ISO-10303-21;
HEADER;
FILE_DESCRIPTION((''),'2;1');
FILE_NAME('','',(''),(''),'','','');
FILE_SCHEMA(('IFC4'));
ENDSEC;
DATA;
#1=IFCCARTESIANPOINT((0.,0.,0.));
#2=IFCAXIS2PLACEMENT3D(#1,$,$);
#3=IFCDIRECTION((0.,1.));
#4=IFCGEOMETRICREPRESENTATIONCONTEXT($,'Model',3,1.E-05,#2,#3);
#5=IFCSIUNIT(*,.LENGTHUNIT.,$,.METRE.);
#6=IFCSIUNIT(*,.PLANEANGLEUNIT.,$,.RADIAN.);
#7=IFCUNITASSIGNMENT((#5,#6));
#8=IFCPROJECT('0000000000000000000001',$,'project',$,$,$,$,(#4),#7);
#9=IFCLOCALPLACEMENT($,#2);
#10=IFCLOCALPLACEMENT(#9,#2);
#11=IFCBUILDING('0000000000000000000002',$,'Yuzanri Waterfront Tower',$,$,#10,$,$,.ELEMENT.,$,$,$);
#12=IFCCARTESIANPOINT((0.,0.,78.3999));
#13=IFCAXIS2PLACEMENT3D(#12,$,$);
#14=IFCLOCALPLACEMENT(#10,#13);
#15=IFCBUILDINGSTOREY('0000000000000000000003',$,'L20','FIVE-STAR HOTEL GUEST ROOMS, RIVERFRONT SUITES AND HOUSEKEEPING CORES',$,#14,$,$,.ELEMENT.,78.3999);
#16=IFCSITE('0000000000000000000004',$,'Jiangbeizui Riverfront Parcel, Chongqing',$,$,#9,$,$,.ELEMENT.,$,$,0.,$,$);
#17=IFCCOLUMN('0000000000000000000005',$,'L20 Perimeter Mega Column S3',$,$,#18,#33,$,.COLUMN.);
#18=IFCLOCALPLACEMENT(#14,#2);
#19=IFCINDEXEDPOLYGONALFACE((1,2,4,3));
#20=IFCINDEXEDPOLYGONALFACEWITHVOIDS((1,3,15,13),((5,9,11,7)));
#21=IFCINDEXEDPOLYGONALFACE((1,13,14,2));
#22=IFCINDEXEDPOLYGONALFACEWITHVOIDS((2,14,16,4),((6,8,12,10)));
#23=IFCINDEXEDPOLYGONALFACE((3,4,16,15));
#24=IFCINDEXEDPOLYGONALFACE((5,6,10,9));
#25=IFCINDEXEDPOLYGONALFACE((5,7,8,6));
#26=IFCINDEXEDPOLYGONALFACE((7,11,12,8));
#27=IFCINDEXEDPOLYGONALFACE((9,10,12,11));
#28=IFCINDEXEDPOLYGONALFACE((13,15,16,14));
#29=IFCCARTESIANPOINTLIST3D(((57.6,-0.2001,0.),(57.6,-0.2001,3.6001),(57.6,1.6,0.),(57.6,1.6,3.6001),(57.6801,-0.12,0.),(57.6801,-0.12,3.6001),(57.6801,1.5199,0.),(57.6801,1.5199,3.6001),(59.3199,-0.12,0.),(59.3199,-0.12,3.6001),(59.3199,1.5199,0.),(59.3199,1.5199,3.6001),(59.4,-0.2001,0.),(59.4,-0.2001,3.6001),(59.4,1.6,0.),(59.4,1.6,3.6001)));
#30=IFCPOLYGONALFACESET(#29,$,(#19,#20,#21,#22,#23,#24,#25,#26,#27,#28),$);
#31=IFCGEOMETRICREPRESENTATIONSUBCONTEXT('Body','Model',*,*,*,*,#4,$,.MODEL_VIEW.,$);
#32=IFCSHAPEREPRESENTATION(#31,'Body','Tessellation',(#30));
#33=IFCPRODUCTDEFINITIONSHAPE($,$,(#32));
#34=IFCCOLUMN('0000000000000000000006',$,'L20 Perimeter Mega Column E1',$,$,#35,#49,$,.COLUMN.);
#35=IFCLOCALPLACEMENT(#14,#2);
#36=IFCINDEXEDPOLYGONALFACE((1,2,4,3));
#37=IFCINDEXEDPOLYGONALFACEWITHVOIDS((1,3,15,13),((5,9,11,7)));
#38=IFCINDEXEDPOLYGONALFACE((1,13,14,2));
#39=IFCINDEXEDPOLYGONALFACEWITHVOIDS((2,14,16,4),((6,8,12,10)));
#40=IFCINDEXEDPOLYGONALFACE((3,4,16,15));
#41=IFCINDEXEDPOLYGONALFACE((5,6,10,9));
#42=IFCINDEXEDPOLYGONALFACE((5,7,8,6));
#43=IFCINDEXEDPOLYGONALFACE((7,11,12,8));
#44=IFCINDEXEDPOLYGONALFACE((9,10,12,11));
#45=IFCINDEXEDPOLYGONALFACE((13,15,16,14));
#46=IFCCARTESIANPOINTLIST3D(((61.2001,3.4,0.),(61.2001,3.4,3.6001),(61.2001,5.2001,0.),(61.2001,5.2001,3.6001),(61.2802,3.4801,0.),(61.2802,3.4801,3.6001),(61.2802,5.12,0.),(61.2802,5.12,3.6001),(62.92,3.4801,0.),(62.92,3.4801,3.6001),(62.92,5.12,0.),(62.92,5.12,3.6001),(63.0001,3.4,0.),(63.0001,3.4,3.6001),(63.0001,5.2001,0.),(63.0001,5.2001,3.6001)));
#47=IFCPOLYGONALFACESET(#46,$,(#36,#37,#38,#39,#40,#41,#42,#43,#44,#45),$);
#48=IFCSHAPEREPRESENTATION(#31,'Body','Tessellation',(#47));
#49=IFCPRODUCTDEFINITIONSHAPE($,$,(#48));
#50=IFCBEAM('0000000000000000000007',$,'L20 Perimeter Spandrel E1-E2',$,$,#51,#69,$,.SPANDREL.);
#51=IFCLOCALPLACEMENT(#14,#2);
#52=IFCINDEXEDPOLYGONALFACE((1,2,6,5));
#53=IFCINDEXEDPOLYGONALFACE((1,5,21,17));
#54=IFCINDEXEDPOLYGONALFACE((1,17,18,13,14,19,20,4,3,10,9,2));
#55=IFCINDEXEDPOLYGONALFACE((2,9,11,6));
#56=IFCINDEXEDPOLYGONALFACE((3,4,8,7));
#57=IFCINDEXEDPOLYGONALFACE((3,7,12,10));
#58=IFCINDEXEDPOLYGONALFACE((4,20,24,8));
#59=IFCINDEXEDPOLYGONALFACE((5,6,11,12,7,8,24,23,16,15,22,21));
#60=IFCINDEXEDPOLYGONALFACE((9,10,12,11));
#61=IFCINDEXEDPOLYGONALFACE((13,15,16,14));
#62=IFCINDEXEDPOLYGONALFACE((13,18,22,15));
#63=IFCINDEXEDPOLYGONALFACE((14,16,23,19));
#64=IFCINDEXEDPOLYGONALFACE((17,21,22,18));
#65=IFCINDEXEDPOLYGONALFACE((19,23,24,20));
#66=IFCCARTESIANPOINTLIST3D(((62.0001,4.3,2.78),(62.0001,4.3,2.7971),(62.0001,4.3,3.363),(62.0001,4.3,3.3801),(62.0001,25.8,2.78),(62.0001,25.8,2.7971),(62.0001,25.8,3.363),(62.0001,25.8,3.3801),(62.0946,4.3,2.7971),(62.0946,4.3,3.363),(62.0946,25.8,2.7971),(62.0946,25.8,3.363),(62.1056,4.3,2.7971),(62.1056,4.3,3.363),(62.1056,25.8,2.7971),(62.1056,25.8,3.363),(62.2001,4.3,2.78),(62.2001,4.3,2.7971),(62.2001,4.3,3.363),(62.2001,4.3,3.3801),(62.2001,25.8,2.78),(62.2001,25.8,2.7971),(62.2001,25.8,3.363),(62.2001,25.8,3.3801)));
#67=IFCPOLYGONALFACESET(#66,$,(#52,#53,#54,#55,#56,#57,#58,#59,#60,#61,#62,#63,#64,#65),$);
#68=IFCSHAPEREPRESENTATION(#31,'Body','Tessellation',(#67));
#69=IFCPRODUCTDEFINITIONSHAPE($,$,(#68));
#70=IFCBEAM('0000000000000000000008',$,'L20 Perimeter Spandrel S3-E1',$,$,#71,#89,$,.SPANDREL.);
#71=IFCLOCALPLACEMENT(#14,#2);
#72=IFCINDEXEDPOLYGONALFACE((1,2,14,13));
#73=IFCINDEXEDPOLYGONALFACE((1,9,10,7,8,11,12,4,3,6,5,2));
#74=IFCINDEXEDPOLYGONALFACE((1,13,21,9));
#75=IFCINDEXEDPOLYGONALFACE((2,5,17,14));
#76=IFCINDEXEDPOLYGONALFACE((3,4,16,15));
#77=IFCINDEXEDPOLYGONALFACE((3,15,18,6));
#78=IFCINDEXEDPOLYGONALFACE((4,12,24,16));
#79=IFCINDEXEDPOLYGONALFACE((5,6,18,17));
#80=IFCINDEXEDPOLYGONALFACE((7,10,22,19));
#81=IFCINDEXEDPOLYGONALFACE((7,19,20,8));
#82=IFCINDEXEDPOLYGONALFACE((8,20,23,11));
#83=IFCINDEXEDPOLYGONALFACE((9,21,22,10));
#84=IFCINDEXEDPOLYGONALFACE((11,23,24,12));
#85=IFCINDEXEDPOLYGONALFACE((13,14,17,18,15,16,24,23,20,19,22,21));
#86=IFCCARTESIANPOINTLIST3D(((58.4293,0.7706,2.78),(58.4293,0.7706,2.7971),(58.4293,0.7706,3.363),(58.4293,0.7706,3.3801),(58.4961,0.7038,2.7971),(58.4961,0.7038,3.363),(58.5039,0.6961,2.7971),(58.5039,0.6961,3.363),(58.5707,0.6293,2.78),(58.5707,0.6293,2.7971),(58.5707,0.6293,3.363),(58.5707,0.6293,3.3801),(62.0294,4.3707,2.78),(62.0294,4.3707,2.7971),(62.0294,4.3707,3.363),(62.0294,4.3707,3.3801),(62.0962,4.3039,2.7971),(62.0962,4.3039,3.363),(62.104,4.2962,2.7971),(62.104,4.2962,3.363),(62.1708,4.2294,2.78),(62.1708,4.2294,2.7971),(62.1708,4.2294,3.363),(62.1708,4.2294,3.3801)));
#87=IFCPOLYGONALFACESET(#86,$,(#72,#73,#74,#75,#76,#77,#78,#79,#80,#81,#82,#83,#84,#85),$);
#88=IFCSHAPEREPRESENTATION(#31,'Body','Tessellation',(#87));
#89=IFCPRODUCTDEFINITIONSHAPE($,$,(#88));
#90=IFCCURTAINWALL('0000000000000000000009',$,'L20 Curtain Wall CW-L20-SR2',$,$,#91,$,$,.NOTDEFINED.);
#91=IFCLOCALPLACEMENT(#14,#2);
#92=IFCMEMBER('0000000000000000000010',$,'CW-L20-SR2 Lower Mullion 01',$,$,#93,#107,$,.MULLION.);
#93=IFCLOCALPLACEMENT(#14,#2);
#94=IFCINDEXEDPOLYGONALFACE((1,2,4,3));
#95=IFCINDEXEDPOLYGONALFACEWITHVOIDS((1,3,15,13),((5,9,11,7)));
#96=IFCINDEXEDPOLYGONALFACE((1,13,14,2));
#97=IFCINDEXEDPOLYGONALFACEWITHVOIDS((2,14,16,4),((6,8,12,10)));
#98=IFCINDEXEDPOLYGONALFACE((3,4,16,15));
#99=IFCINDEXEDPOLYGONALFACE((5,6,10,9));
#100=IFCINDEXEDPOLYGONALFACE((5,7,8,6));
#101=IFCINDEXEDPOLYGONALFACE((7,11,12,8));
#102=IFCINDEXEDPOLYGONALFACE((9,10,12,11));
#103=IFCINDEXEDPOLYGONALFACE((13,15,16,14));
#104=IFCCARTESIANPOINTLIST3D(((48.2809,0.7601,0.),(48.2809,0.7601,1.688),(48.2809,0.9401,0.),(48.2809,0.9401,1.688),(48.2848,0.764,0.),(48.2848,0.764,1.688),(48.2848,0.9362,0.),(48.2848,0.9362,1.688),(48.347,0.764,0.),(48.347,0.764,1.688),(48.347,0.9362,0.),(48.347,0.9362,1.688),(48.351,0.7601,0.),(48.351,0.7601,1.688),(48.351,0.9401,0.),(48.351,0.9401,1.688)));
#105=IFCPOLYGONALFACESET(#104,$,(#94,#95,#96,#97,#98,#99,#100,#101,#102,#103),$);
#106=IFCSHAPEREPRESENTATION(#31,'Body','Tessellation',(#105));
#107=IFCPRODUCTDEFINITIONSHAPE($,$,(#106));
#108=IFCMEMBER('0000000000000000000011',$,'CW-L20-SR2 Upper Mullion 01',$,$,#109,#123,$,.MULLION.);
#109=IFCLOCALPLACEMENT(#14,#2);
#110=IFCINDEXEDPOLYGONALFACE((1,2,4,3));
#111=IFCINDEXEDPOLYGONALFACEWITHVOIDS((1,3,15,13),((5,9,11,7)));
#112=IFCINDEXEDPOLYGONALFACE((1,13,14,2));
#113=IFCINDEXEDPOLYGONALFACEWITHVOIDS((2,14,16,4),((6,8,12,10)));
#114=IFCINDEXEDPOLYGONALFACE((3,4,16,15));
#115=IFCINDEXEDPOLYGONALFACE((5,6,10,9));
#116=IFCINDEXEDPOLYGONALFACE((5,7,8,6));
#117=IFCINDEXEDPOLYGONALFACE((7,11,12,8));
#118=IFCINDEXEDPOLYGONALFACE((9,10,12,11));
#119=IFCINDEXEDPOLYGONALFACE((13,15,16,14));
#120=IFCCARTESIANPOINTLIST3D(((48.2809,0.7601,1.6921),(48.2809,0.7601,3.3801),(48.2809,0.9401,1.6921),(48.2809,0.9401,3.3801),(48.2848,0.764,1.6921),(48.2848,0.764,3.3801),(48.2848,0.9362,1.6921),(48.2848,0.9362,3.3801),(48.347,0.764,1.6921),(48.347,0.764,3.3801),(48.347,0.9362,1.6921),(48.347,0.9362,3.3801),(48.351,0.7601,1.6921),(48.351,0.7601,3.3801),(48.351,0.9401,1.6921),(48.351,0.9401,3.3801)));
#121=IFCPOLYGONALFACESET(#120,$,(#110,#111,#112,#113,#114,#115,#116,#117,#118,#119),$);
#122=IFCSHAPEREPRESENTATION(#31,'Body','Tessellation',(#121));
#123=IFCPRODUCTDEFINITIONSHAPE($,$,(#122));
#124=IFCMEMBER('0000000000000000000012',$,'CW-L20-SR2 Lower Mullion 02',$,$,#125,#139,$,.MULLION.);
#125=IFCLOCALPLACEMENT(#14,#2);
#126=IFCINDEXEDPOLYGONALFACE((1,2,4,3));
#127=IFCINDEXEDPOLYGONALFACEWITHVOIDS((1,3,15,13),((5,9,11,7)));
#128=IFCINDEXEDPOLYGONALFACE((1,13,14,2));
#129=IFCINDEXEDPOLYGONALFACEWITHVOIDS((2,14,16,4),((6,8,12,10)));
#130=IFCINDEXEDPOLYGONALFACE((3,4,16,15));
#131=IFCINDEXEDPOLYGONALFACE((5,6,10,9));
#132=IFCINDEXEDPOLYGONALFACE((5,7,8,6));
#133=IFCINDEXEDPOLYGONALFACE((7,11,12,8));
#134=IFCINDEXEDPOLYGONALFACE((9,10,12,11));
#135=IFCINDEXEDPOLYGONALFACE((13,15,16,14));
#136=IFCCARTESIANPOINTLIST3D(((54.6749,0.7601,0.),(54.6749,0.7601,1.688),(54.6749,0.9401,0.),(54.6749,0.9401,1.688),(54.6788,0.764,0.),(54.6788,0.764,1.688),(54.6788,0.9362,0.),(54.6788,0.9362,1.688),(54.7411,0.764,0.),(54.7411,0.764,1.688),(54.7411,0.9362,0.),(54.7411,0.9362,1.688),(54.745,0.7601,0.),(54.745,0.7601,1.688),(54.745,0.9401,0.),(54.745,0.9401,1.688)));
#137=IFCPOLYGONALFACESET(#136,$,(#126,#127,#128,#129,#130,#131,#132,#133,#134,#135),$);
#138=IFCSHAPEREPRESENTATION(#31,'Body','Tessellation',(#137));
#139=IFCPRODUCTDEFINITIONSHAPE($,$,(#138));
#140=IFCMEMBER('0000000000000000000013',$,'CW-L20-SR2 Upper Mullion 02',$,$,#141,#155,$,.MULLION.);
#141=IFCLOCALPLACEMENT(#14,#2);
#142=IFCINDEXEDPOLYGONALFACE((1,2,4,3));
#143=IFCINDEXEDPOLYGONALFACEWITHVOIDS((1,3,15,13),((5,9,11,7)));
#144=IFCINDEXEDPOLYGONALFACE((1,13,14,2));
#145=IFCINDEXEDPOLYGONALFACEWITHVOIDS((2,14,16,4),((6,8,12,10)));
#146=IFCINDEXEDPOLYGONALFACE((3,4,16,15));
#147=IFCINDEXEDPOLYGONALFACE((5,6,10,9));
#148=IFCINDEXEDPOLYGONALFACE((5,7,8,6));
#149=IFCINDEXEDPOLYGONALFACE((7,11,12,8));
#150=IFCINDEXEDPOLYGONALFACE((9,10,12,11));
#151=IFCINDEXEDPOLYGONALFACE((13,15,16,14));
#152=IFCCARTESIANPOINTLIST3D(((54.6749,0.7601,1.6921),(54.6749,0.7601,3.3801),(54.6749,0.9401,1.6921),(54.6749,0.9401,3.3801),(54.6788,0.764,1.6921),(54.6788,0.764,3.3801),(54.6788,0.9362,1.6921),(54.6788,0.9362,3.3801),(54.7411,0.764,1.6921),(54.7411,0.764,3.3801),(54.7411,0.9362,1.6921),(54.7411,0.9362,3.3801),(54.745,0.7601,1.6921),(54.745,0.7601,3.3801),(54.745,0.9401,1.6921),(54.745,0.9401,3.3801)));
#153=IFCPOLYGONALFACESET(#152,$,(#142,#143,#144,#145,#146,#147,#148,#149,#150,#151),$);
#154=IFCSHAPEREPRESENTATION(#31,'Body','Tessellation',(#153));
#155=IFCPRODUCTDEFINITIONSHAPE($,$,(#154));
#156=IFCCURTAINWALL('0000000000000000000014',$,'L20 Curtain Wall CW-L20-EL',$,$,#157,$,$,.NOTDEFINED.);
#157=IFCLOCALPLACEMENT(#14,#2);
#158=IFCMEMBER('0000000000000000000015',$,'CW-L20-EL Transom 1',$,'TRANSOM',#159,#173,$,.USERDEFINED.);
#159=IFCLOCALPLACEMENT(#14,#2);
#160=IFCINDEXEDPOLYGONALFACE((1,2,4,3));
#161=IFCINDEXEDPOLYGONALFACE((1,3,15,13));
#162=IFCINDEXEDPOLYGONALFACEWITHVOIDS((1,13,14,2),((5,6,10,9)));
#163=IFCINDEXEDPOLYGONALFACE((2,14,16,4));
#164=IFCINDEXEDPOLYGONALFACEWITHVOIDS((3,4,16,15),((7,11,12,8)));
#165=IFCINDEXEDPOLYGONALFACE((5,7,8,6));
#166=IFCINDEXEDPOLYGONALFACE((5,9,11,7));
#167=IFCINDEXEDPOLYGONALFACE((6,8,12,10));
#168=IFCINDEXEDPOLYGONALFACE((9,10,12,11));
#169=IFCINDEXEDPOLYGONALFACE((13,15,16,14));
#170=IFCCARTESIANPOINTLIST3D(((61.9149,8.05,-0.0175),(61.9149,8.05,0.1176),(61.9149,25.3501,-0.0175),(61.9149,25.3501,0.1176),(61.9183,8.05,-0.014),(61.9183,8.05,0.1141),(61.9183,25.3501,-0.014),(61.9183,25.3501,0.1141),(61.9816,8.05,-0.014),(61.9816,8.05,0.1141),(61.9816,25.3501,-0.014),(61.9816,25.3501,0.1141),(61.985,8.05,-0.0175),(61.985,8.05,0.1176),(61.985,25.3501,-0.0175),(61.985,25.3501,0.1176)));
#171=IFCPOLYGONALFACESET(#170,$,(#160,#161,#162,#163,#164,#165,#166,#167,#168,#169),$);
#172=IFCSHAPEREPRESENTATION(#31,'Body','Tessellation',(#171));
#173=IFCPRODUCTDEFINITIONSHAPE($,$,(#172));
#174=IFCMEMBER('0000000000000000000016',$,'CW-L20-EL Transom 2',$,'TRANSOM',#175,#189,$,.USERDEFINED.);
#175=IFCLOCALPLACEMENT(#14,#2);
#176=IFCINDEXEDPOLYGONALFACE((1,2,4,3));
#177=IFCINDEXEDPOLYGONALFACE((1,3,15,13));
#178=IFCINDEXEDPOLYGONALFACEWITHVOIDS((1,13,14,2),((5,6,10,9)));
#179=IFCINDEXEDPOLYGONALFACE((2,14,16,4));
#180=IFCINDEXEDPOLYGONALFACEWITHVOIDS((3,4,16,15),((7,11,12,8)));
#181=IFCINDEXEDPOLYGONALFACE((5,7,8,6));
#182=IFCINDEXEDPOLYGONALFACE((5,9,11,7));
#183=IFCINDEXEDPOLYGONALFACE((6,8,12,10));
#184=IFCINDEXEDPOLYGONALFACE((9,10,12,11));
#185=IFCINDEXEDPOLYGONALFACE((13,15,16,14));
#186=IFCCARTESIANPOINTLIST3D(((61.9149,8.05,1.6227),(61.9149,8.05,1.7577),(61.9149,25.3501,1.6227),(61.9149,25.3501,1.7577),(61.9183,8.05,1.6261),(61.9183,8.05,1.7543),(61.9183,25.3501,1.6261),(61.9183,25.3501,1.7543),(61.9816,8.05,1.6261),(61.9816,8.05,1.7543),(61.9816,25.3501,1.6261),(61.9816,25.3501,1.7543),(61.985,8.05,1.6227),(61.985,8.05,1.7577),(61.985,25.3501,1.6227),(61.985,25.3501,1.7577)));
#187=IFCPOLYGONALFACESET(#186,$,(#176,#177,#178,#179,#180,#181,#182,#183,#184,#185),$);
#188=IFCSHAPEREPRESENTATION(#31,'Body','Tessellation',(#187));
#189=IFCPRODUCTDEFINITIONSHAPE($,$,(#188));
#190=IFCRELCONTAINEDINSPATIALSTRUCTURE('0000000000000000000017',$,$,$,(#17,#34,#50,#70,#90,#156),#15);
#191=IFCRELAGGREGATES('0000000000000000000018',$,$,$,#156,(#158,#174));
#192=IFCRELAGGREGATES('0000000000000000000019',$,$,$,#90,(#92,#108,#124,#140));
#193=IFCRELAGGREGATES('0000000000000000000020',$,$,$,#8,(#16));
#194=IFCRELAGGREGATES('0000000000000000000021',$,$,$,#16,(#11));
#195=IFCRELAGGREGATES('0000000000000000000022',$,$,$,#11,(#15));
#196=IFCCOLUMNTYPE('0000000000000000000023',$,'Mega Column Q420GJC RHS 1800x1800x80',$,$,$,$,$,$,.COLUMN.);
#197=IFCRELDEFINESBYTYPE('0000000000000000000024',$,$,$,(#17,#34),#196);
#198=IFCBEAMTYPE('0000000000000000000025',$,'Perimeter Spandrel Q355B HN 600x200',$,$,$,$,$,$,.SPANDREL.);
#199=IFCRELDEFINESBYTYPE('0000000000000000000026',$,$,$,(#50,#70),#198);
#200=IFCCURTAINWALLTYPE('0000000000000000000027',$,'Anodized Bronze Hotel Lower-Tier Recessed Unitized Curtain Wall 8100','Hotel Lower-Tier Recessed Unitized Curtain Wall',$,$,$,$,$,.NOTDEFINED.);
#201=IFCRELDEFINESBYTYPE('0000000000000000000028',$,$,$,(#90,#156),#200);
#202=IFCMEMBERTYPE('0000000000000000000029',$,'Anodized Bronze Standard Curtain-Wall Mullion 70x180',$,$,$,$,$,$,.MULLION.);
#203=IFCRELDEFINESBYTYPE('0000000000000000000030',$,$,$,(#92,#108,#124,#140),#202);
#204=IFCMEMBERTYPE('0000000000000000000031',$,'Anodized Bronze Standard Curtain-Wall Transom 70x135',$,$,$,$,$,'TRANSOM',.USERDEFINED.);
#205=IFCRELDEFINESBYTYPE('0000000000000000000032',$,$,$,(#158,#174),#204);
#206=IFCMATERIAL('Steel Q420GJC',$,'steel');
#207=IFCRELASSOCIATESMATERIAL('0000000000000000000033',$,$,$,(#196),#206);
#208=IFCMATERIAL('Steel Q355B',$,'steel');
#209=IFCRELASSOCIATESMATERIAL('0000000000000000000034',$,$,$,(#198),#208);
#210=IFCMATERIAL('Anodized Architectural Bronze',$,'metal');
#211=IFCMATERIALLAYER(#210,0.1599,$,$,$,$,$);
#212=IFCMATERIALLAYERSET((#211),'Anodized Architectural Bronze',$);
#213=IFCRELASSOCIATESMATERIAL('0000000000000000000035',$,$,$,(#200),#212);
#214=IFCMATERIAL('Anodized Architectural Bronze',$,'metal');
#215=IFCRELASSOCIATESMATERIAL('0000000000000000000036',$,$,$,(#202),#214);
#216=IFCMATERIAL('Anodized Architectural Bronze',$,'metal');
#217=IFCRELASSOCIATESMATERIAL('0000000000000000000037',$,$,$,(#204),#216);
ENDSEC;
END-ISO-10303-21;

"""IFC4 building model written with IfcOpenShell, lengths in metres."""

from ifc_helpers import new_model, si_unit, direction, frame, origin, origin_2d, place, context, subcontext, project, spatial, hollow_rectangle, i_section, extrude, source, transform, mapped, material, layer, layer_set, material_profile, profile_set, type_object, element, aggregate, save


model = new_model("IFC4")

# Units and contexts
model_context = context("Model", 3, precision=1e-05, world=origin(), true_north=direction((0.0, 1.0)))
body_context = subcontext(model_context, "Body", "Model", "MODEL_VIEW")
ifc_project = project(units=[si_unit("LENGTHUNIT", "METRE"), si_unit("PLANEANGLEUNIT", "RADIAN")], contexts=[model_context])

# Site, building, storey
site_placement = place(None, origin())
site = spatial("IfcSite", under=ifc_project, at=site_placement, Name="Jiangbeizui Riverfront Parcel, Chongqing", CompositionType="ELEMENT", RefElevation=0.0)
building_placement = place(site_placement, origin())
building = spatial("IfcBuilding", under=site, at=building_placement, Name="Yuzanri Waterfront Tower", CompositionType="ELEMENT")
storey_placement = place(building_placement, frame((0.0, 0.0, 78.3999)))
storey = spatial("IfcBuildingStorey", under=building, at=storey_placement, Name="L20", Description="FIVE-STAR HOTEL GUEST ROOMS, RIVERFRONT SUITES AND HOUSEKEEPING CORES", CompositionType="ELEMENT", Elevation=78.3999)

# Columns
ifc_material_1 = material(Name="Steel Q420GJC", Category="steel")
ifc_material_profile_1 = material_profile(ifc_material_1, hollow_rectangle(XDim=1.8, YDim=1.8, WallThickness=0.0801, at=origin_2d()), Name="RHS 1800x1800x80")
ifc_profile_set_1 = profile_set([ifc_material_profile_1], Name="Steel Q420GJC")
column_type = type_object("IfcColumnType", Name="Mega Column Q420GJC RHS 1800x1800x80", PredefinedType="COLUMN", material=ifc_profile_set_1)
shared_shape_1 = source(origin(), body_context, "Body", "SweptSolid", [
    extrude(hollow_rectangle(XDim=1.8, YDim=1.8, WallThickness=0.0801, at=origin_2d()), origin(), (0.0, 0.0, 1.0), 3.6001),
])
for number, where, z_axis, x_axis, name in (
    (1, (58.5, 0.7, 0.0), (0.0, 0.0, 1.0), (1.0, 0.0, 0.0), "L20 Perimeter Mega Column S3"),
    (2, (62.1001, 4.3, 0.0), (0.0, 0.0, 1.0), (1.0, 0.0, 0.0), "L20 Perimeter Mega Column E1"),
):
    element("IfcColumn", number, at=place(storey_placement, frame(where, z_axis=z_axis, x_axis=x_axis)), inside=storey, type_object=column_type, Name=name, PredefinedType="COLUMN", context=body_context, shape_type="MappedRepresentation", body=[
        mapped(shared_shape_1, transform((0.0, 0.0, 0.0), scale=1.0)),
    ])

# Beams
ifc_material_2 = material(Name="Steel Q355B", Category="steel")
ifc_material_profile_2 = material_profile(ifc_material_2, i_section(OverallWidth=0.2, OverallDepth=0.6001, WebThickness=0.011, FlangeThickness=0.0171, at=origin_2d()), Name="HN 600x200x11x17")
ifc_profile_set_2 = profile_set([ifc_material_profile_2], Name="Steel Q355B")
beam_type = type_object("IfcBeamType", Name="Perimeter Spandrel Q355B HN 600x200", PredefinedType="SPANDREL", material=ifc_profile_set_2)
shared_shape_2 = source(origin(), body_context, "Body", "SweptSolid", [
    extrude(i_section(OverallWidth=0.2, OverallDepth=0.6001, WebThickness=0.011, FlangeThickness=0.0171, at=origin_2d()), origin(), (0.0, 0.0, 1.0), 21.5),
])
beam_1_placement = place(storey_placement, frame((62.1001, 4.3, 3.0801), z_axis=(0.0, 1.0, 0.0), x_axis=(-1.0, 0.0, 0.0)))
element("IfcBeam", 3, at=beam_1_placement, inside=storey, type_object=beam_type, Name="L20 Perimeter Spandrel E1-E2", PredefinedType="SPANDREL", context=body_context, shape_type="MappedRepresentation", body=[
    mapped(shared_shape_2, transform((0.0, 0.0, 0.0), scale=1.0)),
])
shared_shape_3 = source(origin(), body_context, "Body", "SweptSolid", [
    extrude(i_section(OverallWidth=0.2, OverallDepth=0.6001, WebThickness=0.011, FlangeThickness=0.0171, at=origin_2d()), origin(), (0.0, 0.0, 1.0), 5.0913),
])
beam_2_placement = place(storey_placement, frame((58.5, 0.7, 3.0801), z_axis=(0.707107, 0.707107, 0.0), x_axis=(-0.707107, 0.707107, 0.0)))
element("IfcBeam", 4, at=beam_2_placement, inside=storey, type_object=beam_type, Name="L20 Perimeter Spandrel S3-E1", PredefinedType="SPANDREL", context=body_context, shape_type="MappedRepresentation", body=[
    mapped(shared_shape_3, transform((0.0, 0.0, 0.0), scale=1.0)),
])

# Curtain walls, members
ifc_material_3 = material(Name="Anodized Architectural Bronze", Category="metal")
ifc_layer_1 = layer(ifc_material_3, 0.1599)
ifc_layer_set_1 = layer_set([ifc_layer_1], Name="Anodized Architectural Bronze")
curtain_wall_type = type_object("IfcCurtainWallType", Name="Anodized Bronze Hotel Lower-Tier Recessed Unitized Curtain Wall 8100", Description="Hotel Lower-Tier Recessed Unitized Curtain Wall", PredefinedType="NOTDEFINED", material=ifc_layer_set_1)
curtain_wall_1_placement = place(storey_placement, origin())
curtain_wall_1 = element("IfcCurtainWall", 5, at=curtain_wall_1_placement, inside=storey, type_object=curtain_wall_type, Name="L20 Curtain Wall CW-L20-SR2", PredefinedType="NOTDEFINED")
ifc_material_4 = material(Name="Anodized Architectural Bronze", Category="metal")
ifc_material_profile_3 = material_profile(ifc_material_4, hollow_rectangle(XDim=0.0701, YDim=0.1799, WallThickness=0.0039, at=origin_2d()), Name="CWM 70x180")
ifc_profile_set_3 = profile_set([ifc_material_profile_3], Name="Anodized Architectural Bronze")
member_type_1 = type_object("IfcMemberType", Name="Anodized Bronze Standard Curtain-Wall Mullion 70x180", PredefinedType="MULLION", material=ifc_profile_set_3)
shared_shape_4 = source(origin(), body_context, "Body", "SweptSolid", [
    extrude(hollow_rectangle(XDim=0.0701, YDim=0.1799, WallThickness=0.0039, at=origin_2d()), origin(), (0.0, 0.0, 1.0), 1.688),
])
member_1_placement = place(storey_placement, frame((48.3159, 0.8501, 0.0), z_axis=(0.0, 0.0, 1.0), x_axis=(1.0, 0.0, 0.0)))
member_1 = element("IfcMember", 6, at=member_1_placement, type_object=member_type_1, Name="CW-L20-SR2 Lower Mullion 01", PredefinedType="MULLION", context=body_context, shape_type="MappedRepresentation", body=[
    mapped(shared_shape_4, transform((0.0, 0.0, 0.0), scale=1.0)),
])
member_2_placement = place(storey_placement, frame((48.3159, 0.8501, 1.6921), z_axis=(0.0, 0.0, 1.0), x_axis=(1.0, 0.0, 0.0)))
member_2 = element("IfcMember", 7, at=member_2_placement, type_object=member_type_1, Name="CW-L20-SR2 Upper Mullion 01", PredefinedType="MULLION", context=body_context, shape_type="MappedRepresentation", body=[
    mapped(shared_shape_4, transform((0.0, 0.0, 0.0), scale=1.0)),
])
member_3_placement = place(storey_placement, frame((54.71, 0.8501, 0.0), z_axis=(0.0, 0.0, 1.0), x_axis=(1.0, 0.0, 0.0)))
member_3 = element("IfcMember", 8, at=member_3_placement, type_object=member_type_1, Name="CW-L20-SR2 Lower Mullion 02", PredefinedType="MULLION", context=body_context, shape_type="MappedRepresentation", body=[
    mapped(shared_shape_4, transform((0.0, 0.0, 0.0), scale=1.0)),
])
member_4_placement = place(storey_placement, frame((54.71, 0.8501, 1.6921), z_axis=(0.0, 0.0, 1.0), x_axis=(1.0, 0.0, 0.0)))
member_4 = element("IfcMember", 9, at=member_4_placement, type_object=member_type_1, Name="CW-L20-SR2 Upper Mullion 02", PredefinedType="MULLION", context=body_context, shape_type="MappedRepresentation", body=[
    mapped(shared_shape_4, transform((0.0, 0.0, 0.0), scale=1.0)),
])
curtain_wall_2_placement = place(storey_placement, origin())
curtain_wall_2 = element("IfcCurtainWall", 10, at=curtain_wall_2_placement, inside=storey, type_object=curtain_wall_type, Name="L20 Curtain Wall CW-L20-EL", PredefinedType="NOTDEFINED")
ifc_material_5 = material(Name="Anodized Architectural Bronze", Category="metal")
ifc_material_profile_4 = material_profile(ifc_material_5, hollow_rectangle(XDim=0.0701, YDim=0.135, WallThickness=0.0034, at=origin_2d()), Name="CWT 70x135")
ifc_profile_set_4 = profile_set([ifc_material_profile_4], Name="Anodized Architectural Bronze")
member_type_2 = type_object("IfcMemberType", Name="Anodized Bronze Standard Curtain-Wall Transom 70x135", ElementType="TRANSOM", PredefinedType="USERDEFINED", material=ifc_profile_set_4)
shared_shape_5 = source(origin(), body_context, "Body", "SweptSolid", [
    extrude(hollow_rectangle(XDim=0.0701, YDim=0.135, WallThickness=0.0034, at=origin_2d()), origin(), (0.0, 0.0, 1.0), 17.3),
])
member_5_placement = place(storey_placement, frame((61.95, 8.05, 0.05), z_axis=(0.0, 1.0, 0.0), x_axis=(-1.0, 0.0, 0.0)))
member_5 = element("IfcMember", 11, at=member_5_placement, type_object=member_type_2, Name="CW-L20-EL Transom 1", ObjectType="TRANSOM", PredefinedType="USERDEFINED", context=body_context, shape_type="MappedRepresentation", body=[
    mapped(shared_shape_5, transform((0.0, 0.0, 0.0), scale=1.0)),
])
member_6_placement = place(storey_placement, frame((61.95, 8.05, 1.6902), z_axis=(0.0, 1.0, 0.0), x_axis=(-1.0, 0.0, 0.0)))
member_6 = element("IfcMember", 12, at=member_6_placement, type_object=member_type_2, Name="CW-L20-EL Transom 2", ObjectType="TRANSOM", PredefinedType="USERDEFINED", context=body_context, shape_type="MappedRepresentation", body=[
    mapped(shared_shape_5, transform((0.0, 0.0, 0.0), scale=1.0)),
])
aggregate(curtain_wall_2, [member_5, member_6])

aggregate(curtain_wall_1, [member_1, member_2, member_3, member_4])

save(model, "model.ifc")
